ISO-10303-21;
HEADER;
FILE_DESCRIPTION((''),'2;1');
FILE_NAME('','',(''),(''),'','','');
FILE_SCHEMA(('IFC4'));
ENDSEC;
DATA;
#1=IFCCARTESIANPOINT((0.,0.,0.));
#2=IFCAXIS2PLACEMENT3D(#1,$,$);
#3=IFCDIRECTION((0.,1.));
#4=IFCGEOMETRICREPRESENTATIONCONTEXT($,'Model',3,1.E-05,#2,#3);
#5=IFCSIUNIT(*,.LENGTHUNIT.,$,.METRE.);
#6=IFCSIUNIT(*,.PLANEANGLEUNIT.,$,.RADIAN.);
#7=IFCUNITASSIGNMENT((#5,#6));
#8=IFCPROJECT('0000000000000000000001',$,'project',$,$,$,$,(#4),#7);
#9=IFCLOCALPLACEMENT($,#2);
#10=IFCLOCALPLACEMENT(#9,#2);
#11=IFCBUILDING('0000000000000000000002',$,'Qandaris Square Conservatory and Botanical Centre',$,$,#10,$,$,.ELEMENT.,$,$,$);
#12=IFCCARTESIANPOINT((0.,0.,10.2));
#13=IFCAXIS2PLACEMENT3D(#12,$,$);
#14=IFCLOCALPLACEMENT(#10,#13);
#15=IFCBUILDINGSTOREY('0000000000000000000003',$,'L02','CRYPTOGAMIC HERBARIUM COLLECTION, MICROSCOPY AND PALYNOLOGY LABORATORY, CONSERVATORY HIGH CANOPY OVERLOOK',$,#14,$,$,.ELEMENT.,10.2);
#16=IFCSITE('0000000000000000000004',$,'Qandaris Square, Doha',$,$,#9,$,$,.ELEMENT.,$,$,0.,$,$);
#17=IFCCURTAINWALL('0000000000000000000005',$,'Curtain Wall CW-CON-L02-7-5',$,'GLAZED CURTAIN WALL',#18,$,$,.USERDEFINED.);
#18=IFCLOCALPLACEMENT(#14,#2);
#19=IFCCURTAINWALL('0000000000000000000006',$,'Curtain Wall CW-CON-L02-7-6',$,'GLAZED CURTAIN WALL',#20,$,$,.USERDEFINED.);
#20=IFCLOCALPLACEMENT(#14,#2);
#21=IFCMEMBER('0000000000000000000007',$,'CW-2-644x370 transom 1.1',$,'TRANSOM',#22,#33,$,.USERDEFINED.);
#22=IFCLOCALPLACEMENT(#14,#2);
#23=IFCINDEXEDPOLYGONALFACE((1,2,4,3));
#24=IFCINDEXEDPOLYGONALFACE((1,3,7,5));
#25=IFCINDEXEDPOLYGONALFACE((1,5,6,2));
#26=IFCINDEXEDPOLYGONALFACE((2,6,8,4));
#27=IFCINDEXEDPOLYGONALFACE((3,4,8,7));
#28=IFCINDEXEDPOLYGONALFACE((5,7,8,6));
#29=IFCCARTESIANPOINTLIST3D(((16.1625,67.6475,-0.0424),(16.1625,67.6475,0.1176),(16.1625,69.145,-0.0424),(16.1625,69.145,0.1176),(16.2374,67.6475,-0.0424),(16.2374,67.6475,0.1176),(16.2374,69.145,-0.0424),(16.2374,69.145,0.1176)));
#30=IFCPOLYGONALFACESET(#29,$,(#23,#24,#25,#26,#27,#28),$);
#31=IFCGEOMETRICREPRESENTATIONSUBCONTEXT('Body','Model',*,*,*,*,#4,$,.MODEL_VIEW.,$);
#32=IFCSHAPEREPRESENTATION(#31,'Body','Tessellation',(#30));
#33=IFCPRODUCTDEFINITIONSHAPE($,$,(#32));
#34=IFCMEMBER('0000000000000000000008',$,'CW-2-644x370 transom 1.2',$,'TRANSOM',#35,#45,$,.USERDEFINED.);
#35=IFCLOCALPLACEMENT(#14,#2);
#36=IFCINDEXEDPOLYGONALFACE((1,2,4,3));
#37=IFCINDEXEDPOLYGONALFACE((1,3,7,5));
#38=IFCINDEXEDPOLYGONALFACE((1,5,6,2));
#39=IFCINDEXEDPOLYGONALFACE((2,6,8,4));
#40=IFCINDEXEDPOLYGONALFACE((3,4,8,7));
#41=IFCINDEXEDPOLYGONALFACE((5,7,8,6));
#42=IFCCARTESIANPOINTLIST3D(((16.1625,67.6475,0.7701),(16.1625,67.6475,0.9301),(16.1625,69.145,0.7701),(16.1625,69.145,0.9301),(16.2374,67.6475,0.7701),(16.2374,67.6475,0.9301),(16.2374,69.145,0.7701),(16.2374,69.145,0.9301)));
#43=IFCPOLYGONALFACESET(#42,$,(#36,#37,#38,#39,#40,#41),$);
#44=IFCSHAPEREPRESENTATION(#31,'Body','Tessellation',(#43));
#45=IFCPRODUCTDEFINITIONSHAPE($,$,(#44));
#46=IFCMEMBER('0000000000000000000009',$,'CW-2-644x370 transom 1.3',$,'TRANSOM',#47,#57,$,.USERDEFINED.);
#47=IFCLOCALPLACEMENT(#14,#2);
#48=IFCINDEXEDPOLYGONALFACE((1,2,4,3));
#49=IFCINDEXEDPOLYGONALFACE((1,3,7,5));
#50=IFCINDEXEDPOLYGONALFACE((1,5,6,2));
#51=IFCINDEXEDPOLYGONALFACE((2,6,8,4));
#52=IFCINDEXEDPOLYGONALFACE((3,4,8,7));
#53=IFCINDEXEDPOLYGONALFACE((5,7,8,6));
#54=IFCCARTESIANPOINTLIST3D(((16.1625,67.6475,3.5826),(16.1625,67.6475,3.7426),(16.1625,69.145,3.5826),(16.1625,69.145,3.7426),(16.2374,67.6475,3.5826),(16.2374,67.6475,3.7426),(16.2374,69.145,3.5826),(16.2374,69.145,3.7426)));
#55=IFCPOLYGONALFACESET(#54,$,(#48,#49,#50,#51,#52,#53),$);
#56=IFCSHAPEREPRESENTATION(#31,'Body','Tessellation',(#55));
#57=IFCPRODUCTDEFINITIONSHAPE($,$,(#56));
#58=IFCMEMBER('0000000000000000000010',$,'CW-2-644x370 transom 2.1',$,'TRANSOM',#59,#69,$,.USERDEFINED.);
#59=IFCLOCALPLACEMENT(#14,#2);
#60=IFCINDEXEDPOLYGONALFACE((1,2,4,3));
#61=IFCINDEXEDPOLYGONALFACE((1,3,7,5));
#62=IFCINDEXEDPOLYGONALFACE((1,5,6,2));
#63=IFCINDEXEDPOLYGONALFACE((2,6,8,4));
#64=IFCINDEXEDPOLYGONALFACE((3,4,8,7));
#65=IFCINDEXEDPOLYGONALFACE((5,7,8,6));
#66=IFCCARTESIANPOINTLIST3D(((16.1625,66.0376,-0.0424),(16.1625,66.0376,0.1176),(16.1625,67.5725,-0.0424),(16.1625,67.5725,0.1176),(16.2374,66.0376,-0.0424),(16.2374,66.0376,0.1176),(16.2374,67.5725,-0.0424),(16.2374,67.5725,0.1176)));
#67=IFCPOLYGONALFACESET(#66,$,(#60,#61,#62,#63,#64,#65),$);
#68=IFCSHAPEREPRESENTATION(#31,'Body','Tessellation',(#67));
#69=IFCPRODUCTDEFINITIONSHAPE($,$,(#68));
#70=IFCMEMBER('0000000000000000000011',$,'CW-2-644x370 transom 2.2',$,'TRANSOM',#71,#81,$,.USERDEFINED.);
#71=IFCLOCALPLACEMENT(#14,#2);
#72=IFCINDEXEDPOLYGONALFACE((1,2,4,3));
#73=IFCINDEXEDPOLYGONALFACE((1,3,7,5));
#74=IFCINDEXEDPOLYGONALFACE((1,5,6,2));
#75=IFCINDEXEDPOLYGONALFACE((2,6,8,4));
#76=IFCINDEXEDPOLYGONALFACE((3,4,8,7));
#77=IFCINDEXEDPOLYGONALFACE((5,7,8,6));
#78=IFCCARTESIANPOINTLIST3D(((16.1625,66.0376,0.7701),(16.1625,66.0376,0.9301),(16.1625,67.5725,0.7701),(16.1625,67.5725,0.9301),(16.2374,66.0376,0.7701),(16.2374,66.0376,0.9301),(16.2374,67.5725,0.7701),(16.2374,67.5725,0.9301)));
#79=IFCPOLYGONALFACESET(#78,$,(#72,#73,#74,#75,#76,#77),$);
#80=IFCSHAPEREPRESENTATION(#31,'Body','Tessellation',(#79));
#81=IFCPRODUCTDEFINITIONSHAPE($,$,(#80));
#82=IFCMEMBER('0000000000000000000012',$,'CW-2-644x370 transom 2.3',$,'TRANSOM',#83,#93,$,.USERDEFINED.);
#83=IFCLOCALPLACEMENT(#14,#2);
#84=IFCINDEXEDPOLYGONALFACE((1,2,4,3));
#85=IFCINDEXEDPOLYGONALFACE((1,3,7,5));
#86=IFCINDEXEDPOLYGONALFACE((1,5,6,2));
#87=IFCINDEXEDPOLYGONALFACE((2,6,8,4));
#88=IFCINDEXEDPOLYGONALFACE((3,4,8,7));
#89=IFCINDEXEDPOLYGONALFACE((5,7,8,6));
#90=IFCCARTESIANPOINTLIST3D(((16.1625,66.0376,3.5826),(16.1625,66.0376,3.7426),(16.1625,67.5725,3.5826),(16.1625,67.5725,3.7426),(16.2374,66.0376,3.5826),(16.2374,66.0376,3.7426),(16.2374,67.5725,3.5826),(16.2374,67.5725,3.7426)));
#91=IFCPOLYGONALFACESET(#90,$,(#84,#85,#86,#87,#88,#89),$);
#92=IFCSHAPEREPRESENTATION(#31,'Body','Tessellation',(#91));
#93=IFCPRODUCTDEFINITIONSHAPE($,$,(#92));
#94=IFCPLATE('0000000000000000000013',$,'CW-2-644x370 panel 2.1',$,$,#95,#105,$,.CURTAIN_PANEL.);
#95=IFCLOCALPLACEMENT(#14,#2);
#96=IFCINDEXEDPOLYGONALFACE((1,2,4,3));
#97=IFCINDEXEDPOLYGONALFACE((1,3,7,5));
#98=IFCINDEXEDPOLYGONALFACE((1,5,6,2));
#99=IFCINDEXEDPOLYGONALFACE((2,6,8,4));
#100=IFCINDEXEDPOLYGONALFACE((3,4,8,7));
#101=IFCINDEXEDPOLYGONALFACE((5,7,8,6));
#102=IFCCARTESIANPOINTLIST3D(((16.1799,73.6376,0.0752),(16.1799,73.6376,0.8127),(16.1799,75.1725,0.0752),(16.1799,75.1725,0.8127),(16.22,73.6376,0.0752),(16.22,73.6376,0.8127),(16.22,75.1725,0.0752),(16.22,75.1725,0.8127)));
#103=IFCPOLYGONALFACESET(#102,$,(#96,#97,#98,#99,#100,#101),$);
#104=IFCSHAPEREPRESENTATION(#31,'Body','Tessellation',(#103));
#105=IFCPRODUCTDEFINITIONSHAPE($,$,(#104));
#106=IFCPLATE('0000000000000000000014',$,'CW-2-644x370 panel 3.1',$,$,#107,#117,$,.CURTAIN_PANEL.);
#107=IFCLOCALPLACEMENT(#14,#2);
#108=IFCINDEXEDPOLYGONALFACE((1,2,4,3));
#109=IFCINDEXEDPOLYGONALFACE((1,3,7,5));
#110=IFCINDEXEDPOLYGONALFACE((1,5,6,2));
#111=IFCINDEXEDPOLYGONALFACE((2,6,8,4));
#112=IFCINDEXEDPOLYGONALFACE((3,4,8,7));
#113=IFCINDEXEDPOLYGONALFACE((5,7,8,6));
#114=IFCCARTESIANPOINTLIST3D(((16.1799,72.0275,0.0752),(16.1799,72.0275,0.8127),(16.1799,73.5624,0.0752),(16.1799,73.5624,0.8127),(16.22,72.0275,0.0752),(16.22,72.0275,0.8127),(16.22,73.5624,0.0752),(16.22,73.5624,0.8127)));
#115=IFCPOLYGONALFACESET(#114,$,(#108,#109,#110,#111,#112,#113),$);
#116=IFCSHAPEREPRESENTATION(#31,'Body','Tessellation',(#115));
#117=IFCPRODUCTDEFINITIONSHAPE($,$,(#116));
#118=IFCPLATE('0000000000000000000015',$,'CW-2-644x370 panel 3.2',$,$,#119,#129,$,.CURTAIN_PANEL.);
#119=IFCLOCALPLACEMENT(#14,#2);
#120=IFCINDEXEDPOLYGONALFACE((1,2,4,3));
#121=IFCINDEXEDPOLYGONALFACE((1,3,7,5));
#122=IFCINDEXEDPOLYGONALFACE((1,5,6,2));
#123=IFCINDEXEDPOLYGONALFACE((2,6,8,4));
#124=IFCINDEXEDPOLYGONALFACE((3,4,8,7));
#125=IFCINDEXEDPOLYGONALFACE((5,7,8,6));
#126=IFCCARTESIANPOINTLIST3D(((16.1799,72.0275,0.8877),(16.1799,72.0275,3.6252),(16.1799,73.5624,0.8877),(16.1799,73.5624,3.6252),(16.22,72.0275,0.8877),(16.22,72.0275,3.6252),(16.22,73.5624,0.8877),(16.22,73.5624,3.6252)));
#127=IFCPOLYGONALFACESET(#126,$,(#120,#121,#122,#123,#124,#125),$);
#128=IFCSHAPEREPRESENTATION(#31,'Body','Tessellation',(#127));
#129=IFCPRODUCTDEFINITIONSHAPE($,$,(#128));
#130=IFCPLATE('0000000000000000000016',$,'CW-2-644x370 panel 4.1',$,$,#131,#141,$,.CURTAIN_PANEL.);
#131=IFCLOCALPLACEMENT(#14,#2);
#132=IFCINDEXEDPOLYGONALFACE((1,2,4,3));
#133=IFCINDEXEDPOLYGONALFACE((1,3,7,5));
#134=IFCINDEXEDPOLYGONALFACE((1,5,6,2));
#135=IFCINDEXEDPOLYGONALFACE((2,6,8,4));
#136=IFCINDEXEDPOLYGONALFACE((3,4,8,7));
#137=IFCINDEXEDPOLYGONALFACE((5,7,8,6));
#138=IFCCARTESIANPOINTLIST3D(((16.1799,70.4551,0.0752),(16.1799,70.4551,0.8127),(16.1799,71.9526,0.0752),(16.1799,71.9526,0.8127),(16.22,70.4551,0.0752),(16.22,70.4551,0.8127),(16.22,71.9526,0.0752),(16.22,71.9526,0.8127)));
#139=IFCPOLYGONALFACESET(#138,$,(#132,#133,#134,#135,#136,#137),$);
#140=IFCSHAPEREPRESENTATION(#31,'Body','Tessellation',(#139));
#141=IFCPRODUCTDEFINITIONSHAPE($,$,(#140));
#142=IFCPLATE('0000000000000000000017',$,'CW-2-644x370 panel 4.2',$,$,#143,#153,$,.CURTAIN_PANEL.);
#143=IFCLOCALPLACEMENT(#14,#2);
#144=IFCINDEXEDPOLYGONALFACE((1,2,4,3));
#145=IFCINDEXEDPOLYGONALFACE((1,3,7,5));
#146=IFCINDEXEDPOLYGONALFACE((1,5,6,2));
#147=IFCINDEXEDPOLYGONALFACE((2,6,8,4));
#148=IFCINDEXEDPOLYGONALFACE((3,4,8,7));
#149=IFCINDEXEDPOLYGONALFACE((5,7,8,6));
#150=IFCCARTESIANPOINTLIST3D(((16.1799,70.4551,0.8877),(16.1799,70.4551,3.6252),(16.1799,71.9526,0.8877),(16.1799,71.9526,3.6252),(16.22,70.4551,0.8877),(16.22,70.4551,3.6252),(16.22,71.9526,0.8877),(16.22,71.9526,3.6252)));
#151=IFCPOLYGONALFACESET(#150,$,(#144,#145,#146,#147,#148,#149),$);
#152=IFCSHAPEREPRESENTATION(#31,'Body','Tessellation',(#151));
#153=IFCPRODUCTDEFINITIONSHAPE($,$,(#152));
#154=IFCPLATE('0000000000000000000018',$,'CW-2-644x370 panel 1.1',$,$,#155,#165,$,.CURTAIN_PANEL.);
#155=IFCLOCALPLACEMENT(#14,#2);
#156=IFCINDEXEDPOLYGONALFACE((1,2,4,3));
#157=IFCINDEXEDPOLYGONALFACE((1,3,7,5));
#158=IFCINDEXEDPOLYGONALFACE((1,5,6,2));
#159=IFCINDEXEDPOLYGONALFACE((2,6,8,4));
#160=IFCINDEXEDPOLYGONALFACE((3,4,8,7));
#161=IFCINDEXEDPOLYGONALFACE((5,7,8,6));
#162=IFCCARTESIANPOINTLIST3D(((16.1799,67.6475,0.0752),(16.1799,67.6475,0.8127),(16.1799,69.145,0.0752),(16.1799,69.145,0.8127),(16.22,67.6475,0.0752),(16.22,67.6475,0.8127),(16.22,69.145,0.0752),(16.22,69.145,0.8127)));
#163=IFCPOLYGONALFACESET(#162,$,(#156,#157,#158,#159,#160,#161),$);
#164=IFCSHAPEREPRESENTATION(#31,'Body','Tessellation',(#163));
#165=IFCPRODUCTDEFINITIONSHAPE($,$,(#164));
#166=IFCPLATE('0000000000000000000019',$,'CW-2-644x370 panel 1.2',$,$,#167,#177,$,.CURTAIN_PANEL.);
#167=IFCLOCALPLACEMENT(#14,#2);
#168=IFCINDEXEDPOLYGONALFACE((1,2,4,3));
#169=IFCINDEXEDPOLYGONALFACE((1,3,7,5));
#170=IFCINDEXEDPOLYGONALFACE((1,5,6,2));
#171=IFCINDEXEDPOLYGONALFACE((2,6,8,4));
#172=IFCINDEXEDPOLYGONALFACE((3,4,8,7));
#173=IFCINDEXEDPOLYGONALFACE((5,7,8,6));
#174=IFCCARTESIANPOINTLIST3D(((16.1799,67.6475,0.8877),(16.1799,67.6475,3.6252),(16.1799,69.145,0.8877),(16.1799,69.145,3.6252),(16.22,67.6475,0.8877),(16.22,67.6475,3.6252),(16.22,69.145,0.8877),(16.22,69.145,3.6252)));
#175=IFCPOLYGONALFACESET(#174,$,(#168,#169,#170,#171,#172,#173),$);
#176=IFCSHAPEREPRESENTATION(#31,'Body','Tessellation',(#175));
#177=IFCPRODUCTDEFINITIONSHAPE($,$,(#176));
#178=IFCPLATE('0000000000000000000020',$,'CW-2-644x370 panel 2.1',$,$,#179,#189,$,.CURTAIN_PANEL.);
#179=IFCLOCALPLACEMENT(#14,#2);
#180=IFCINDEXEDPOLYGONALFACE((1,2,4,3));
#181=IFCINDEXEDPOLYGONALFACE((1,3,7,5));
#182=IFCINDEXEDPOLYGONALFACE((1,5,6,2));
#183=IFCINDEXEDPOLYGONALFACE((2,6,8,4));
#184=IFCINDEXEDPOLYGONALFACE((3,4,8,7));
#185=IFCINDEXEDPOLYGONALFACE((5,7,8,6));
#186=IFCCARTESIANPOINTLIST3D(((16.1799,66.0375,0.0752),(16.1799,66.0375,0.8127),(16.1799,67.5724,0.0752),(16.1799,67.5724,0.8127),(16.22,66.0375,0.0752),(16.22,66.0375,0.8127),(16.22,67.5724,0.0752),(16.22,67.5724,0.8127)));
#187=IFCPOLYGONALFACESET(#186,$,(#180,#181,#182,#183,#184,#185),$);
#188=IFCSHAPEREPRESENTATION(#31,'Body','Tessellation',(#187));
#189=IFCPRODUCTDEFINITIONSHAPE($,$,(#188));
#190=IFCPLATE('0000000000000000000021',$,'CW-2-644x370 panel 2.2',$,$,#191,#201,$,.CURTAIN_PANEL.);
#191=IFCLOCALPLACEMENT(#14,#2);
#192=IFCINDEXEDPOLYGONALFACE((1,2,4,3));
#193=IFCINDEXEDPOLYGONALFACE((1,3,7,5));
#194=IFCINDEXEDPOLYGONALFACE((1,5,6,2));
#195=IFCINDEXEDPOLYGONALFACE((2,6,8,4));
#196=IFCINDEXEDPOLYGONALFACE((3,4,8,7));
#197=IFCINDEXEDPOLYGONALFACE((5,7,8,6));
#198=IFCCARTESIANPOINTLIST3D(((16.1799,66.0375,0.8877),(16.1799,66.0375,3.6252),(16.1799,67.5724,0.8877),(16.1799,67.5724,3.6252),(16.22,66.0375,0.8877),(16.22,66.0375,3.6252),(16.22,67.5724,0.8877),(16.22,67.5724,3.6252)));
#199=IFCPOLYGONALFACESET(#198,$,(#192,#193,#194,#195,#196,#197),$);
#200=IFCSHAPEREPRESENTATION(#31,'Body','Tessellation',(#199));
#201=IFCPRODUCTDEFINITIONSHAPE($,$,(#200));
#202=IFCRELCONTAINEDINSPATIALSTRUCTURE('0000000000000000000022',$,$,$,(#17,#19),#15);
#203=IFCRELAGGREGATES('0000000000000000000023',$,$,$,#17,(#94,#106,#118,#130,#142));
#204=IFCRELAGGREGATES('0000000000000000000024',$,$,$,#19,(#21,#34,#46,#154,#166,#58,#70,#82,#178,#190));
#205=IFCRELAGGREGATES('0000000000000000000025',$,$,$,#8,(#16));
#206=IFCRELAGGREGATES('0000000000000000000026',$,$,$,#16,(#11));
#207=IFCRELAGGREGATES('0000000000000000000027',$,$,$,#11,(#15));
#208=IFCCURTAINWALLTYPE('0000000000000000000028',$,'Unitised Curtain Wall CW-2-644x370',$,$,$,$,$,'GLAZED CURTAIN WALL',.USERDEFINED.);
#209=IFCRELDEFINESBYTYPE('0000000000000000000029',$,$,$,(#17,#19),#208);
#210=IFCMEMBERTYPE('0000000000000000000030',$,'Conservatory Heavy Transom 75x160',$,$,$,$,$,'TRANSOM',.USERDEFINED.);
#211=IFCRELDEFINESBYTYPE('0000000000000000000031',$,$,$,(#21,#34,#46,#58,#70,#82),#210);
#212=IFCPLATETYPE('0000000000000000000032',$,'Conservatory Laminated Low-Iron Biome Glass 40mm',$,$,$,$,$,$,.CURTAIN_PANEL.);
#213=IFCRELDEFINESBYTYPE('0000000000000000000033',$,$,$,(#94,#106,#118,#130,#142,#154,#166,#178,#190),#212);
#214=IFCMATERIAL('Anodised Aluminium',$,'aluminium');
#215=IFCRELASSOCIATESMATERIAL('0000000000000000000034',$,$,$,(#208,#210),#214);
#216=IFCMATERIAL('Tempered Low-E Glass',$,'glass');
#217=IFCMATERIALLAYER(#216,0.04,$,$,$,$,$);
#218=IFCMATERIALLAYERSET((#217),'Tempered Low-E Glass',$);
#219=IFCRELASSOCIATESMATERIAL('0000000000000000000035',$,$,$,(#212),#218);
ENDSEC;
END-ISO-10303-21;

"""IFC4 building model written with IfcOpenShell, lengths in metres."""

from ifc_helpers import new_model, si_unit, direction, frame, origin, origin_2d, place, context, subcontext, project, spatial, rectangle, extrude, material, layer, layer_set, material_profile, profile_set, type_object, element, aggregate, save


model = new_model("IFC4")

# Units and contexts
model_context = context("Model", 3, precision=1e-05, world=origin(), true_north=direction((0.0, 1.0)))
body_context = subcontext(model_context, "Body", "Model", "MODEL_VIEW")
ifc_project = project(units=[si_unit("LENGTHUNIT", "METRE"), si_unit("PLANEANGLEUNIT", "RADIAN")], contexts=[model_context])

# Site, building, storey
site_placement = place(None, origin())
site = spatial("IfcSite", under=ifc_project, at=site_placement, Name="Qandaris Square, Doha", CompositionType="ELEMENT", RefElevation=0.0)
building_placement = place(site_placement, origin())
building = spatial("IfcBuilding", under=site, at=building_placement, Name="Qandaris Square Conservatory and Botanical Centre", CompositionType="ELEMENT")
storey_placement = place(building_placement, frame((0.0, 0.0, 10.2)))
storey = spatial("IfcBuildingStorey", under=building, at=storey_placement, Name="L02", Description="CRYPTOGAMIC HERBARIUM COLLECTION, MICROSCOPY AND PALYNOLOGY LABORATORY, CONSERVATORY HIGH CANOPY OVERLOOK", CompositionType="ELEMENT", Elevation=10.2)

# Curtain walls
ifc_material_1 = material(Name="Anodised Aluminium", Category="aluminium")
curtain_wall_type = type_object("IfcCurtainWallType", Name="Unitised Curtain Wall CW-2-644x370", ElementType="GLAZED CURTAIN WALL", PredefinedType="USERDEFINED", material=ifc_material_1)
curtain_wall_1_placement = place(storey_placement, origin())
curtain_wall_1 = element("IfcCurtainWall", 1, at=curtain_wall_1_placement, inside=storey, type_object=curtain_wall_type, Name="Curtain Wall CW-CON-L02-7-5", ObjectType="GLAZED CURTAIN WALL", PredefinedType="USERDEFINED")
curtain_wall_2_placement = place(storey_placement, origin())
curtain_wall_2 = element("IfcCurtainWall", 2, at=curtain_wall_2_placement, inside=storey, type_object=curtain_wall_type, Name="Curtain Wall CW-CON-L02-7-6", ObjectType="GLAZED CURTAIN WALL", PredefinedType="USERDEFINED")

# Members
ifc_material_profile_1 = material_profile(ifc_material_1, rectangle(XDim=0.075, YDim=0.1599, at=origin_2d()), Name="ALU-TRN 75x160")
ifc_profile_set_1 = profile_set([ifc_material_profile_1], Name="Anodised Aluminium")
member_type_1 = type_object("IfcMemberType", Name="Conservatory Heavy Transom 75x160", ElementType="TRANSOM", PredefinedType="USERDEFINED", material=ifc_profile_set_1)
member_1_placement = place(storey_placement, frame((16.2, 69.145, 0.0376), z_axis=(0.0, -1.0, 0.0), x_axis=(1.0, 0.0, 0.0)))
member_1 = element("IfcMember", 3, at=member_1_placement, type_object=member_type_1, Name="CW-2-644x370 transom 1.1", ObjectType="TRANSOM", PredefinedType="USERDEFINED", context=body_context, shape_type="SweptSolid", body=[
    extrude(rectangle(XDim=0.075, YDim=0.1599, at=origin_2d()), origin(), (0.0, 0.0, 1.0), 1.4976),
])
member_2_placement = place(storey_placement, frame((16.2, 69.145, 0.8501), z_axis=(0.0, -1.0, 0.0), x_axis=(1.0, 0.0, 0.0)))
member_2 = element("IfcMember", 4, at=member_2_placement, type_object=member_type_1, Name="CW-2-644x370 transom 1.2", ObjectType="TRANSOM", PredefinedType="USERDEFINED", context=body_context, shape_type="SweptSolid", body=[
    extrude(rectangle(XDim=0.075, YDim=0.1599, at=origin_2d()), origin(), (0.0, 0.0, 1.0), 1.4976),
])
member_3_placement = place(storey_placement, frame((16.2, 69.145, 3.6626), z_axis=(0.0, -1.0, 0.0), x_axis=(1.0, 0.0, 0.0)))
member_3 = element("IfcMember", 5, at=member_3_placement, type_object=member_type_1, Name="CW-2-644x370 transom 1.3", ObjectType="TRANSOM", PredefinedType="USERDEFINED", context=body_context, shape_type="SweptSolid", body=[
    extrude(rectangle(XDim=0.075, YDim=0.1599, at=origin_2d()), origin(), (0.0, 0.0, 1.0), 1.4976),
])
member_4_placement = place(storey_placement, frame((16.2, 67.5725, 0.0376), z_axis=(0.0, -1.0, 0.0), x_axis=(1.0, 0.0, 0.0)))
member_4 = element("IfcMember", 6, at=member_4_placement, type_object=member_type_1, Name="CW-2-644x370 transom 2.1", ObjectType="TRANSOM", PredefinedType="USERDEFINED", context=body_context, shape_type="SweptSolid", body=[
    extrude(rectangle(XDim=0.075, YDim=0.1599, at=origin_2d()), origin(), (0.0, 0.0, 1.0), 1.5349),
])
member_5_placement = place(storey_placement, frame((16.2, 67.5725, 0.8501), z_axis=(0.0, -1.0, 0.0), x_axis=(1.0, 0.0, 0.0)))
member_5 = element("IfcMember", 7, at=member_5_placement, type_object=member_type_1, Name="CW-2-644x370 transom 2.2", ObjectType="TRANSOM", PredefinedType="USERDEFINED", context=body_context, shape_type="SweptSolid", body=[
    extrude(rectangle(XDim=0.075, YDim=0.1599, at=origin_2d()), origin(), (0.0, 0.0, 1.0), 1.5349),
])
member_6_placement = place(storey_placement, frame((16.2, 67.5725, 3.6626), z_axis=(0.0, -1.0, 0.0), x_axis=(1.0, 0.0, 0.0)))
member_6 = element("IfcMember", 8, at=member_6_placement, type_object=member_type_1, Name="CW-2-644x370 transom 2.3", ObjectType="TRANSOM", PredefinedType="USERDEFINED", context=body_context, shape_type="SweptSolid", body=[
    extrude(rectangle(XDim=0.075, YDim=0.1599, at=origin_2d()), origin(), (0.0, 0.0, 1.0), 1.5349),
])

# Plates
ifc_material_2 = material(Name="Tempered Low-E Glass", Category="glass")
ifc_layer = layer(ifc_material_2, 0.04)
ifc_layer_set = layer_set([ifc_layer], Name="Tempered Low-E Glass")
plate_type = type_object("IfcPlateType", Name="Conservatory Laminated Low-Iron Biome Glass 40mm", PredefinedType="CURTAIN_PANEL", material=ifc_layer_set)
plate_1_placement = place(storey_placement, frame((16.2, 74.405, 0.0752), z_axis=(0.0, 0.0, 1.0), x_axis=(0.0, -1.0, 0.0)))
plate_1 = element("IfcPlate", 9, at=plate_1_placement, type_object=plate_type, Name="CW-2-644x370 panel 2.1", PredefinedType="CURTAIN_PANEL", context=body_context, shape_type="SweptSolid", body=[
    extrude(rectangle(XDim=1.5349, YDim=0.04, at=origin_2d()), origin(), (0.0, 0.0, 1.0), 0.7375),
])
plate_2_placement = place(storey_placement, frame((16.2, 72.7949, 0.0752), z_axis=(0.0, 0.0, 1.0), x_axis=(0.0, -1.0, 0.0)))
plate_2 = element("IfcPlate", 10, at=plate_2_placement, type_object=plate_type, Name="CW-2-644x370 panel 3.1", PredefinedType="CURTAIN_PANEL", context=body_context, shape_type="SweptSolid", body=[
    extrude(rectangle(XDim=1.5349, YDim=0.04, at=origin_2d()), origin(), (0.0, 0.0, 1.0), 0.7375),
])
plate_3_placement = place(storey_placement, frame((16.2, 72.7949, 0.8877), z_axis=(0.0, 0.0, 1.0), x_axis=(0.0, -1.0, 0.0)))
plate_3 = element("IfcPlate", 11, at=plate_3_placement, type_object=plate_type, Name="CW-2-644x370 panel 3.2", PredefinedType="CURTAIN_PANEL", context=body_context, shape_type="SweptSolid", body=[
    extrude(rectangle(XDim=1.5349, YDim=0.04, at=origin_2d()), origin(), (0.0, 0.0, 1.0), 2.7375),
])
plate_4_placement = place(storey_placement, frame((16.2, 71.2039, 0.0752), z_axis=(0.0, 0.0, 1.0), x_axis=(0.0, -1.0, 0.0)))
plate_4 = element("IfcPlate", 12, at=plate_4_placement, type_object=plate_type, Name="CW-2-644x370 panel 4.1", PredefinedType="CURTAIN_PANEL", context=body_context, shape_type="SweptSolid", body=[
    extrude(rectangle(XDim=1.4976, YDim=0.04, at=origin_2d()), origin(), (0.0, 0.0, 1.0), 0.7375),
])
plate_5_placement = place(storey_placement, frame((16.2, 71.2039, 0.8877), z_axis=(0.0, 0.0, 1.0), x_axis=(0.0, -1.0, 0.0)))
plate_5 = element("IfcPlate", 13, at=plate_5_placement, type_object=plate_type, Name="CW-2-644x370 panel 4.2", PredefinedType="CURTAIN_PANEL", context=body_context, shape_type="SweptSolid", body=[
    extrude(rectangle(XDim=1.4976, YDim=0.04, at=origin_2d()), origin(), (0.0, 0.0, 1.0), 2.7375),
])
aggregate(curtain_wall_1, [plate_1, plate_2, plate_3, plate_4, plate_5])
plate_6_placement = place(storey_placement, frame((16.2, 68.3962, 0.0752), z_axis=(0.0, 0.0, 1.0), x_axis=(0.0, -1.0, 0.0)))
plate_6 = element("IfcPlate", 14, at=plate_6_placement, type_object=plate_type, Name="CW-2-644x370 panel 1.1", PredefinedType="CURTAIN_PANEL", context=body_context, shape_type="SweptSolid", body=[
    extrude(rectangle(XDim=1.4976, YDim=0.04, at=origin_2d()), origin(), (0.0, 0.0, 1.0), 0.7375),
])
plate_7_placement = place(storey_placement, frame((16.2, 68.3962, 0.8877), z_axis=(0.0, 0.0, 1.0), x_axis=(0.0, -1.0, 0.0)))
plate_7 = element("IfcPlate", 15, at=plate_7_placement, type_object=plate_type, Name="CW-2-644x370 panel 1.2", PredefinedType="CURTAIN_PANEL", context=body_context, shape_type="SweptSolid", body=[
    extrude(rectangle(XDim=1.4976, YDim=0.04, at=origin_2d()), origin(), (0.0, 0.0, 1.0), 2.7375),
])
plate_8_placement = place(storey_placement, frame((16.2, 66.8049, 0.0752), z_axis=(0.0, 0.0, 1.0), x_axis=(0.0, -1.0, 0.0)))
plate_8 = element("IfcPlate", 16, at=plate_8_placement, type_object=plate_type, Name="CW-2-644x370 panel 2.1", PredefinedType="CURTAIN_PANEL", context=body_context, shape_type="SweptSolid", body=[
    extrude(rectangle(XDim=1.5349, YDim=0.04, at=origin_2d()), origin(), (0.0, 0.0, 1.0), 0.7375),
])
plate_9_placement = place(storey_placement, frame((16.2, 66.8049, 0.8877), z_axis=(0.0, 0.0, 1.0), x_axis=(0.0, -1.0, 0.0)))
plate_9 = element("IfcPlate", 17, at=plate_9_placement, type_object=plate_type, Name="CW-2-644x370 panel 2.2", PredefinedType="CURTAIN_PANEL", context=body_context, shape_type="SweptSolid", body=[
    extrude(rectangle(XDim=1.5349, YDim=0.04, at=origin_2d()), origin(), (0.0, 0.0, 1.0), 2.7375),
])
aggregate(curtain_wall_2, [member_1, member_2, member_3, plate_6, plate_7, member_4, member_5, member_6, plate_8, plate_9])

save(model, "model.ifc")
